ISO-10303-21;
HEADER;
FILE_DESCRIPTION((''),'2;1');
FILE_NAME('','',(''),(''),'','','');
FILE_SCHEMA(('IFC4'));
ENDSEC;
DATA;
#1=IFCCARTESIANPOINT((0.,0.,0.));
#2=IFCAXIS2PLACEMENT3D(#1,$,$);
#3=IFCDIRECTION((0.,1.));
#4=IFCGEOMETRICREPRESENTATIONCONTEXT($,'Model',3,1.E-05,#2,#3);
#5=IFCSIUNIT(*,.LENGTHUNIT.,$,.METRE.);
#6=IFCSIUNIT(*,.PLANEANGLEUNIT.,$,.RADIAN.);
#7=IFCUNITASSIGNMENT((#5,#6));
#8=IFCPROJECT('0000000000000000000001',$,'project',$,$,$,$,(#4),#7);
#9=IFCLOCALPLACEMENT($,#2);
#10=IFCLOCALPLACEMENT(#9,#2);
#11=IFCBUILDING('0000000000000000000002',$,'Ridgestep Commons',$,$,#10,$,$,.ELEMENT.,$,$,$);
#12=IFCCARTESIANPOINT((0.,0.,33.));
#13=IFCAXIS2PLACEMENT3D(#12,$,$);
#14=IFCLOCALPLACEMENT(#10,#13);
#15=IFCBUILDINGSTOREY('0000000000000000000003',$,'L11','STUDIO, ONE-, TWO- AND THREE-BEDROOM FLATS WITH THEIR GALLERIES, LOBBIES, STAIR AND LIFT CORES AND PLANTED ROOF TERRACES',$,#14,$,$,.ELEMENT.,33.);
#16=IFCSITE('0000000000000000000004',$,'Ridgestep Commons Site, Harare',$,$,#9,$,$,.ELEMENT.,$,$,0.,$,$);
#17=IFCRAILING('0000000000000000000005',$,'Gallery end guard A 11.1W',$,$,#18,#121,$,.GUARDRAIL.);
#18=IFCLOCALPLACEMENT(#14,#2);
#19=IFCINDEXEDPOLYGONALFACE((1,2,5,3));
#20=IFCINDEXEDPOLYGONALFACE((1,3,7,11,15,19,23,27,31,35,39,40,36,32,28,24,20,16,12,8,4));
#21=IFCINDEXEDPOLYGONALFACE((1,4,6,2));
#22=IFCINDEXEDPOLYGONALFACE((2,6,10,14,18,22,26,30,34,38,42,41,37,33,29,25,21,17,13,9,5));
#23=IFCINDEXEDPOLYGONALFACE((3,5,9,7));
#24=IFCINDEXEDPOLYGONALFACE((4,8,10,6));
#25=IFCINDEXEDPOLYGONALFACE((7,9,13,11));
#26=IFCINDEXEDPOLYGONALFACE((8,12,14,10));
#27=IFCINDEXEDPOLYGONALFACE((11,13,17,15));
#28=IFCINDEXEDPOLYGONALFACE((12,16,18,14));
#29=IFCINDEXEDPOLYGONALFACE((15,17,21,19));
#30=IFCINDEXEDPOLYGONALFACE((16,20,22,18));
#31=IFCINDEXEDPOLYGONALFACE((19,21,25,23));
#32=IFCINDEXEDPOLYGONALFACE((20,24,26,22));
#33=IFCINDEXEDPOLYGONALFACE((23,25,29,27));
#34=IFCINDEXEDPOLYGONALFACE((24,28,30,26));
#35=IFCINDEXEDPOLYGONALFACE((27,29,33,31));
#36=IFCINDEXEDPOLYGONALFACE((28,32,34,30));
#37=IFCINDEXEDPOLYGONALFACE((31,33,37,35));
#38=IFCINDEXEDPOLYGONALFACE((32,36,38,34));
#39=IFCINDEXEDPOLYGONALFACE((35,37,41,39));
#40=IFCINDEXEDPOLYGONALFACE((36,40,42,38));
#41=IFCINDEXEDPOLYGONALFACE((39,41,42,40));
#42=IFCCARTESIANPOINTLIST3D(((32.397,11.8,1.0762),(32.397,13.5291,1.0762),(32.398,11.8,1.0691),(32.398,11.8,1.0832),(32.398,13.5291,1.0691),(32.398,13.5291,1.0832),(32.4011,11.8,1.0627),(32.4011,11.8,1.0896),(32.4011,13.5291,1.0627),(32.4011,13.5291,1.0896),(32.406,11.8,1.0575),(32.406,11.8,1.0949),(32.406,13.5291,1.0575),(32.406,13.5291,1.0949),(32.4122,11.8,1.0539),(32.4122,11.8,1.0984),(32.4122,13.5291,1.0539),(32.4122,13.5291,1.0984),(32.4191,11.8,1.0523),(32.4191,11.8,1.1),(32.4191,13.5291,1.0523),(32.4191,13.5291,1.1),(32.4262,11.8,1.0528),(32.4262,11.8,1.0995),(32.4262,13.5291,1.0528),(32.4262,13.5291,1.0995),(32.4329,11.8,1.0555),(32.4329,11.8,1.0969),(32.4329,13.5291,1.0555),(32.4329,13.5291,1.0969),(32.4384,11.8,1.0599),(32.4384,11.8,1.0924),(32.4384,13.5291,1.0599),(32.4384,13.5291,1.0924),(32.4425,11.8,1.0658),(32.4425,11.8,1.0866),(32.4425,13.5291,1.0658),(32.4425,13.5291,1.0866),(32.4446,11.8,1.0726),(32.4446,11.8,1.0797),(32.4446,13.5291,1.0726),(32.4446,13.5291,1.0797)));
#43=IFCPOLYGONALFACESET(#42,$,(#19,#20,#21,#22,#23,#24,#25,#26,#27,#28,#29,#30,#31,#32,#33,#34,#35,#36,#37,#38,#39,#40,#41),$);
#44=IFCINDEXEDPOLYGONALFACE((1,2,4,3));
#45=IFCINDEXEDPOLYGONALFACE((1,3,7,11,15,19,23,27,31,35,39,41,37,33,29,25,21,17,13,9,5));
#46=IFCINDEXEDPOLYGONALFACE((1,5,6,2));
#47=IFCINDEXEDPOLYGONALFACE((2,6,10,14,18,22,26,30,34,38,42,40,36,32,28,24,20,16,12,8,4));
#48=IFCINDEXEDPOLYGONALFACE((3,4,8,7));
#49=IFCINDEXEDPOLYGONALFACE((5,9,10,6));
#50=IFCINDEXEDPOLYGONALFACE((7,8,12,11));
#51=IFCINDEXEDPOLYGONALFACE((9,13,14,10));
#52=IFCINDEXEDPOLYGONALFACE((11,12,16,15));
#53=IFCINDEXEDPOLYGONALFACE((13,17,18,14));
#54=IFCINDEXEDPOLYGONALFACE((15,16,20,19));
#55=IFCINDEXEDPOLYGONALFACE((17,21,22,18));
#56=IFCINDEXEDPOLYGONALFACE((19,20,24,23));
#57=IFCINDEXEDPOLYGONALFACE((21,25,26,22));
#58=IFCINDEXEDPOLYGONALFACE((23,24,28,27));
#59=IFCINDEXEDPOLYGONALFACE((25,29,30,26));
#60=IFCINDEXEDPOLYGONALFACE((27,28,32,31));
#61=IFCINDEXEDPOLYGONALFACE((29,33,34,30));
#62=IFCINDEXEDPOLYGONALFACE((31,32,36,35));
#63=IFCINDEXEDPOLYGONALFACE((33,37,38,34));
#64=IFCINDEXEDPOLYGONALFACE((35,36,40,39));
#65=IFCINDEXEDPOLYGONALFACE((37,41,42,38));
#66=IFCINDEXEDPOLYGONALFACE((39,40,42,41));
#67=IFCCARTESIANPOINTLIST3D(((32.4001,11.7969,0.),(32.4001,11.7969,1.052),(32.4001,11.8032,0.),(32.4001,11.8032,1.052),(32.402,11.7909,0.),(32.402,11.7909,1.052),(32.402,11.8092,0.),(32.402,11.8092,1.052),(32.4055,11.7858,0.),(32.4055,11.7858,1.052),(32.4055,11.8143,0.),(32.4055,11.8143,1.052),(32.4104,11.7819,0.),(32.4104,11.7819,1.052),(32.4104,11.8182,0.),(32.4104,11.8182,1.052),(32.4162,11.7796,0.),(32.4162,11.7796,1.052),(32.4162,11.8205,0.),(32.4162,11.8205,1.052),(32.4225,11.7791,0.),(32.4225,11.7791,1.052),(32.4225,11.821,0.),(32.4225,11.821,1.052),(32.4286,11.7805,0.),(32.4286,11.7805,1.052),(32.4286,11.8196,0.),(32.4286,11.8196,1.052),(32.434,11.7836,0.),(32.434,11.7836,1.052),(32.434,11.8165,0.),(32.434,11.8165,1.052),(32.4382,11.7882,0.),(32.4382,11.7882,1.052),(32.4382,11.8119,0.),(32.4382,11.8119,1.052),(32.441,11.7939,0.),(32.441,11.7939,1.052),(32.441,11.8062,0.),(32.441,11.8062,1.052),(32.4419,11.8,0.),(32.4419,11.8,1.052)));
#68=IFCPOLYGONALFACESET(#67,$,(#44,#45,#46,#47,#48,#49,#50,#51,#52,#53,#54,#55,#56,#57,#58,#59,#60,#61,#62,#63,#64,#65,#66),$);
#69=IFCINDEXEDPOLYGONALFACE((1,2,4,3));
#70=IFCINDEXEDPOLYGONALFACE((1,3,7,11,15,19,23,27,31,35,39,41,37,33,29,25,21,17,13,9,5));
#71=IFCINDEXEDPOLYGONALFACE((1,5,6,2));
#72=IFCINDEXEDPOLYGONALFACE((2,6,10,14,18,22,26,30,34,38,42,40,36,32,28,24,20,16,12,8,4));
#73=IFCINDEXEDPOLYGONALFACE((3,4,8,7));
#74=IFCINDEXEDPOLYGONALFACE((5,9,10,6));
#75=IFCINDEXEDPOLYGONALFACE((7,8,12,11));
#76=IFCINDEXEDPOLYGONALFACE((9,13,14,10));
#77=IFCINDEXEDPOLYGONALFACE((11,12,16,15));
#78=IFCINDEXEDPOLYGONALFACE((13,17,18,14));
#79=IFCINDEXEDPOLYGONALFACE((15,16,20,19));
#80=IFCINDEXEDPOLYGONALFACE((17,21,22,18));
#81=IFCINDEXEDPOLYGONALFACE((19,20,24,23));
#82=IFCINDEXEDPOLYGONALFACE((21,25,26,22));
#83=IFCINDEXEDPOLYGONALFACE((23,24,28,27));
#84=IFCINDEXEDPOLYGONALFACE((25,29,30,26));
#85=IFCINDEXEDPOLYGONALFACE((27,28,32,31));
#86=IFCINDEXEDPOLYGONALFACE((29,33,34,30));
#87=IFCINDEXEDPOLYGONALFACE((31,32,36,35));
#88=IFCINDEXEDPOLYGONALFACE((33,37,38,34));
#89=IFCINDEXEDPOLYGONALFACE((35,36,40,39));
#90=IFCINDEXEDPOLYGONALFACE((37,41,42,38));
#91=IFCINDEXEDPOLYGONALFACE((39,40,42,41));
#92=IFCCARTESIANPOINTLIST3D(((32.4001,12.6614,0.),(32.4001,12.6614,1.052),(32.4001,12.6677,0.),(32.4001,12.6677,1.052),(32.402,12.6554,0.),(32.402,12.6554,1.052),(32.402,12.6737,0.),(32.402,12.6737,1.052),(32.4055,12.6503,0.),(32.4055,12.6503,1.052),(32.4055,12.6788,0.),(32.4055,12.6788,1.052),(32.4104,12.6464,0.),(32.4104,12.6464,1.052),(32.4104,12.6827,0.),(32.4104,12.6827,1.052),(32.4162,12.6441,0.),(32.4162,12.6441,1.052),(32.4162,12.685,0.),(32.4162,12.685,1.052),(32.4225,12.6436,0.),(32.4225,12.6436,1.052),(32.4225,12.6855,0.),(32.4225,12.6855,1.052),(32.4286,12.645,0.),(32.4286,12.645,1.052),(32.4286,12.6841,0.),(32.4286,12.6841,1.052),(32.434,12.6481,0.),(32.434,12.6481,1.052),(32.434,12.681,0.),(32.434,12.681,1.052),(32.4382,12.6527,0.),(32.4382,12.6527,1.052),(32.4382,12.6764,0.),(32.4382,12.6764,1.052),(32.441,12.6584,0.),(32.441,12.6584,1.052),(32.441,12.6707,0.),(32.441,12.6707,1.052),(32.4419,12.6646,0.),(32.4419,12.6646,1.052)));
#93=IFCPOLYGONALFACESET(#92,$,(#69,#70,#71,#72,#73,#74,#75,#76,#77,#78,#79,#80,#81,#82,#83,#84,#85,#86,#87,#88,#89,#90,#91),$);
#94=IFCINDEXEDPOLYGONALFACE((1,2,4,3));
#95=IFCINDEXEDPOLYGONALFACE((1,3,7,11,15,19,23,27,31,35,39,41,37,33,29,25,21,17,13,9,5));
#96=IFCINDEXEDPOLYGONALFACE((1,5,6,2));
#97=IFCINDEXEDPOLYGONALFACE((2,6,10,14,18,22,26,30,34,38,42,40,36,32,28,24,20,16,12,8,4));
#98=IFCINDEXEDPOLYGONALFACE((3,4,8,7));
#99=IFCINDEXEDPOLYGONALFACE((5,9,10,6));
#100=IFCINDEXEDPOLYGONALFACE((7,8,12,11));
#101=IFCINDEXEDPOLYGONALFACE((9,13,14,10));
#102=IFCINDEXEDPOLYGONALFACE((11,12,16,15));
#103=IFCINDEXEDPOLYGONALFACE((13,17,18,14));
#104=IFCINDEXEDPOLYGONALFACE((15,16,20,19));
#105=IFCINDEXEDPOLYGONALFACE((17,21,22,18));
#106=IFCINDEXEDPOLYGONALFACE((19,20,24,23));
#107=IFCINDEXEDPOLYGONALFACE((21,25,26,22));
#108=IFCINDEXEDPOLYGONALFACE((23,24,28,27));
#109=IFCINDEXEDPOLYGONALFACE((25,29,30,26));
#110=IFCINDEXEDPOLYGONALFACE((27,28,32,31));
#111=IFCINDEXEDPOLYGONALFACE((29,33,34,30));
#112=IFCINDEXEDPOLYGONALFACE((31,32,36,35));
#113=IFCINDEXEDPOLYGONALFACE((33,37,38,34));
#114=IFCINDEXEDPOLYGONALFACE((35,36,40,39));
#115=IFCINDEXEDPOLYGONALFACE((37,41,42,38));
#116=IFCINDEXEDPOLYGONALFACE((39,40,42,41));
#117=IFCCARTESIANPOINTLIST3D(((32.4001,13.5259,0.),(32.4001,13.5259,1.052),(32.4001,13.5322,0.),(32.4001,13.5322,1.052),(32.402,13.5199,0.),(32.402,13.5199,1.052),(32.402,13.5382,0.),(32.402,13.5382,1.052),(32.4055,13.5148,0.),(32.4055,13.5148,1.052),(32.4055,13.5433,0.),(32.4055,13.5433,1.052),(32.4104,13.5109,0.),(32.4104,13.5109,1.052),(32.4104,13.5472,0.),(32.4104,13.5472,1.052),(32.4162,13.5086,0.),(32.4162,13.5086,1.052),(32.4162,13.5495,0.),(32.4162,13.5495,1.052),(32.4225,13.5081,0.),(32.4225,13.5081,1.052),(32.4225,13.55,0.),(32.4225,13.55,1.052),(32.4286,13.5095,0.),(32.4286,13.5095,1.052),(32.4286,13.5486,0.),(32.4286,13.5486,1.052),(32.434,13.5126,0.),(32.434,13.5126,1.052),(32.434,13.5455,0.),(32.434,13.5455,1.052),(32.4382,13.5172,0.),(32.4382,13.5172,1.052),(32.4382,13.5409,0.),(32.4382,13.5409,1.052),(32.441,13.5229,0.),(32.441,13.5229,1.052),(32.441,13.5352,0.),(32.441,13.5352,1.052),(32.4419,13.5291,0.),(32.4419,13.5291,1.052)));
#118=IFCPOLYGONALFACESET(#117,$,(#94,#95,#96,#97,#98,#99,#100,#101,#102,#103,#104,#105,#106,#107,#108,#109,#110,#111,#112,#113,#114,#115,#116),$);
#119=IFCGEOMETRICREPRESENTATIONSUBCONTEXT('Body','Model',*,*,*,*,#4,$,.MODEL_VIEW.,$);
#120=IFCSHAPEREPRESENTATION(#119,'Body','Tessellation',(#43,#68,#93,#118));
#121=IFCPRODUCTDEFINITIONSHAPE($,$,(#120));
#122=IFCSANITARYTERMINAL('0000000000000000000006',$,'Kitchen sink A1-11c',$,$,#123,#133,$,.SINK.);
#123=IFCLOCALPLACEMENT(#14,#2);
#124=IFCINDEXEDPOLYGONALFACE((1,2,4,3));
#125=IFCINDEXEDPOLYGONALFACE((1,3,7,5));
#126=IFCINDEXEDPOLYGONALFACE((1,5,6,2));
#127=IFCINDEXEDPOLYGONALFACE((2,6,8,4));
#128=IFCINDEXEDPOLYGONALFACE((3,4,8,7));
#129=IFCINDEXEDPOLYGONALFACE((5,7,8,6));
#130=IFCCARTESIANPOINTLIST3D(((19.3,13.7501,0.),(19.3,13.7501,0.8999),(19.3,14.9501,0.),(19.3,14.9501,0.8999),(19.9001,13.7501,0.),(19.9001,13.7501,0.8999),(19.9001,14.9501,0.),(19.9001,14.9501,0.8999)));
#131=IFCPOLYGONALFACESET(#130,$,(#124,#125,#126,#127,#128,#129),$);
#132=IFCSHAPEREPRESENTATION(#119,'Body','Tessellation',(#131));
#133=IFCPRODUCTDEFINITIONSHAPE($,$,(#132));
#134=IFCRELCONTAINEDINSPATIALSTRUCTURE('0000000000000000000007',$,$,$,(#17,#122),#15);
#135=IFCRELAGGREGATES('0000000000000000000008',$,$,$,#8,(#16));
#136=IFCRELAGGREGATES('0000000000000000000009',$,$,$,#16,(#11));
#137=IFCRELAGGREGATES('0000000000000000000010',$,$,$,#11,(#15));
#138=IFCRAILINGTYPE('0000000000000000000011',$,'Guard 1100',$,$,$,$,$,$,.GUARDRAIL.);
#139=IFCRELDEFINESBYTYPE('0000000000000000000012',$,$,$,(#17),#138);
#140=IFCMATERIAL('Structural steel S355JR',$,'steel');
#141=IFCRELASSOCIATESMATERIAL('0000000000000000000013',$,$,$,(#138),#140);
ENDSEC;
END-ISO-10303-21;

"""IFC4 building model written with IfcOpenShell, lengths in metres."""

from ifc_helpers import new_model, si_unit, direction, frame, origin, origin_2d, place, context, subcontext, project, spatial, rectangle, circle, extrude, material, type_object, element, save


model = new_model("IFC4")

# Units and contexts
model_context = context("Model", 3, precision=1e-05, world=origin(), true_north=direction((0.0, 1.0)))
body_context = subcontext(model_context, "Body", "Model", "MODEL_VIEW")
ifc_project = project(units=[si_unit("LENGTHUNIT", "METRE"), si_unit("PLANEANGLEUNIT", "RADIAN")], contexts=[model_context])

# Site, building, storey
site_placement = place(None, origin())
site = spatial("IfcSite", under=ifc_project, at=site_placement, Name="Ridgestep Commons Site, Harare", CompositionType="ELEMENT", RefElevation=0.0)
building_placement = place(site_placement, origin())
building = spatial("IfcBuilding", under=site, at=building_placement, Name="Ridgestep Commons", CompositionType="ELEMENT")
storey_placement = place(building_placement, frame((0.0, 0.0, 33.0)))
storey = spatial("IfcBuildingStorey", under=building, at=storey_placement, Name="L11", Description="STUDIO, ONE-, TWO- AND THREE-BEDROOM FLATS WITH THEIR GALLERIES, LOBBIES, STAIR AND LIFT CORES AND PLANTED ROOF TERRACES", CompositionType="ELEMENT", Elevation=33.0)

# Railing
ifc_material_1 = material(Name="Structural steel S355JR", Category="steel")
railing_type = type_object("IfcRailingType", Name="Guard 1100", PredefinedType="GUARDRAIL", material=ifc_material_1)
railing_1_placement = place(storey_placement, frame((32.4209, 11.8, 0.0)))
element("IfcRailing", 1, at=railing_1_placement, inside=storey, type_object=railing_type, Name="Gallery end guard A 11.1W", PredefinedType="GUARDRAIL", context=body_context, shape_type="SweptSolid", body=[
    extrude(circle(Radius=0.0239, at=origin_2d()), frame((0.0, 0.0, 1.0762), z_axis=(0.0, 1.0, 0.0), x_axis=(-1.0, 0.0, 0.0)), (0.0, 0.0, 1.0), 1.729),
    extrude(circle(Radius=0.021, at=origin_2d()), origin(), (0.0, 0.0, 1.0), 1.052),
    extrude(circle(Radius=0.021, at=origin_2d()), frame((0.0, 0.8645, 0.0)), (0.0, 0.0, 1.0), 1.052),
    extrude(circle(Radius=0.021, at=origin_2d()), frame((0.0, 1.729, 0.0)), (0.0, 0.0, 1.0), 1.052),
])

# Sanitary terminal
sanitary_terminal_placement = place(storey_placement, frame((19.6001, 14.3501, 0.0), z_axis=(0.0, 0.0, 1.0), x_axis=(1.0, 0.0, 0.0)))
element("IfcSanitaryTerminal", 2, at=sanitary_terminal_placement, inside=storey, Name="Kitchen sink A1-11c", PredefinedType="SINK", context=body_context, shape_type="SweptSolid", body=[
    extrude(rectangle(XDim=0.6001, YDim=1.2, at=origin_2d()), origin(), (0.0, 0.0, 1.0), 0.8999),
])

save(model, "model.ifc")
